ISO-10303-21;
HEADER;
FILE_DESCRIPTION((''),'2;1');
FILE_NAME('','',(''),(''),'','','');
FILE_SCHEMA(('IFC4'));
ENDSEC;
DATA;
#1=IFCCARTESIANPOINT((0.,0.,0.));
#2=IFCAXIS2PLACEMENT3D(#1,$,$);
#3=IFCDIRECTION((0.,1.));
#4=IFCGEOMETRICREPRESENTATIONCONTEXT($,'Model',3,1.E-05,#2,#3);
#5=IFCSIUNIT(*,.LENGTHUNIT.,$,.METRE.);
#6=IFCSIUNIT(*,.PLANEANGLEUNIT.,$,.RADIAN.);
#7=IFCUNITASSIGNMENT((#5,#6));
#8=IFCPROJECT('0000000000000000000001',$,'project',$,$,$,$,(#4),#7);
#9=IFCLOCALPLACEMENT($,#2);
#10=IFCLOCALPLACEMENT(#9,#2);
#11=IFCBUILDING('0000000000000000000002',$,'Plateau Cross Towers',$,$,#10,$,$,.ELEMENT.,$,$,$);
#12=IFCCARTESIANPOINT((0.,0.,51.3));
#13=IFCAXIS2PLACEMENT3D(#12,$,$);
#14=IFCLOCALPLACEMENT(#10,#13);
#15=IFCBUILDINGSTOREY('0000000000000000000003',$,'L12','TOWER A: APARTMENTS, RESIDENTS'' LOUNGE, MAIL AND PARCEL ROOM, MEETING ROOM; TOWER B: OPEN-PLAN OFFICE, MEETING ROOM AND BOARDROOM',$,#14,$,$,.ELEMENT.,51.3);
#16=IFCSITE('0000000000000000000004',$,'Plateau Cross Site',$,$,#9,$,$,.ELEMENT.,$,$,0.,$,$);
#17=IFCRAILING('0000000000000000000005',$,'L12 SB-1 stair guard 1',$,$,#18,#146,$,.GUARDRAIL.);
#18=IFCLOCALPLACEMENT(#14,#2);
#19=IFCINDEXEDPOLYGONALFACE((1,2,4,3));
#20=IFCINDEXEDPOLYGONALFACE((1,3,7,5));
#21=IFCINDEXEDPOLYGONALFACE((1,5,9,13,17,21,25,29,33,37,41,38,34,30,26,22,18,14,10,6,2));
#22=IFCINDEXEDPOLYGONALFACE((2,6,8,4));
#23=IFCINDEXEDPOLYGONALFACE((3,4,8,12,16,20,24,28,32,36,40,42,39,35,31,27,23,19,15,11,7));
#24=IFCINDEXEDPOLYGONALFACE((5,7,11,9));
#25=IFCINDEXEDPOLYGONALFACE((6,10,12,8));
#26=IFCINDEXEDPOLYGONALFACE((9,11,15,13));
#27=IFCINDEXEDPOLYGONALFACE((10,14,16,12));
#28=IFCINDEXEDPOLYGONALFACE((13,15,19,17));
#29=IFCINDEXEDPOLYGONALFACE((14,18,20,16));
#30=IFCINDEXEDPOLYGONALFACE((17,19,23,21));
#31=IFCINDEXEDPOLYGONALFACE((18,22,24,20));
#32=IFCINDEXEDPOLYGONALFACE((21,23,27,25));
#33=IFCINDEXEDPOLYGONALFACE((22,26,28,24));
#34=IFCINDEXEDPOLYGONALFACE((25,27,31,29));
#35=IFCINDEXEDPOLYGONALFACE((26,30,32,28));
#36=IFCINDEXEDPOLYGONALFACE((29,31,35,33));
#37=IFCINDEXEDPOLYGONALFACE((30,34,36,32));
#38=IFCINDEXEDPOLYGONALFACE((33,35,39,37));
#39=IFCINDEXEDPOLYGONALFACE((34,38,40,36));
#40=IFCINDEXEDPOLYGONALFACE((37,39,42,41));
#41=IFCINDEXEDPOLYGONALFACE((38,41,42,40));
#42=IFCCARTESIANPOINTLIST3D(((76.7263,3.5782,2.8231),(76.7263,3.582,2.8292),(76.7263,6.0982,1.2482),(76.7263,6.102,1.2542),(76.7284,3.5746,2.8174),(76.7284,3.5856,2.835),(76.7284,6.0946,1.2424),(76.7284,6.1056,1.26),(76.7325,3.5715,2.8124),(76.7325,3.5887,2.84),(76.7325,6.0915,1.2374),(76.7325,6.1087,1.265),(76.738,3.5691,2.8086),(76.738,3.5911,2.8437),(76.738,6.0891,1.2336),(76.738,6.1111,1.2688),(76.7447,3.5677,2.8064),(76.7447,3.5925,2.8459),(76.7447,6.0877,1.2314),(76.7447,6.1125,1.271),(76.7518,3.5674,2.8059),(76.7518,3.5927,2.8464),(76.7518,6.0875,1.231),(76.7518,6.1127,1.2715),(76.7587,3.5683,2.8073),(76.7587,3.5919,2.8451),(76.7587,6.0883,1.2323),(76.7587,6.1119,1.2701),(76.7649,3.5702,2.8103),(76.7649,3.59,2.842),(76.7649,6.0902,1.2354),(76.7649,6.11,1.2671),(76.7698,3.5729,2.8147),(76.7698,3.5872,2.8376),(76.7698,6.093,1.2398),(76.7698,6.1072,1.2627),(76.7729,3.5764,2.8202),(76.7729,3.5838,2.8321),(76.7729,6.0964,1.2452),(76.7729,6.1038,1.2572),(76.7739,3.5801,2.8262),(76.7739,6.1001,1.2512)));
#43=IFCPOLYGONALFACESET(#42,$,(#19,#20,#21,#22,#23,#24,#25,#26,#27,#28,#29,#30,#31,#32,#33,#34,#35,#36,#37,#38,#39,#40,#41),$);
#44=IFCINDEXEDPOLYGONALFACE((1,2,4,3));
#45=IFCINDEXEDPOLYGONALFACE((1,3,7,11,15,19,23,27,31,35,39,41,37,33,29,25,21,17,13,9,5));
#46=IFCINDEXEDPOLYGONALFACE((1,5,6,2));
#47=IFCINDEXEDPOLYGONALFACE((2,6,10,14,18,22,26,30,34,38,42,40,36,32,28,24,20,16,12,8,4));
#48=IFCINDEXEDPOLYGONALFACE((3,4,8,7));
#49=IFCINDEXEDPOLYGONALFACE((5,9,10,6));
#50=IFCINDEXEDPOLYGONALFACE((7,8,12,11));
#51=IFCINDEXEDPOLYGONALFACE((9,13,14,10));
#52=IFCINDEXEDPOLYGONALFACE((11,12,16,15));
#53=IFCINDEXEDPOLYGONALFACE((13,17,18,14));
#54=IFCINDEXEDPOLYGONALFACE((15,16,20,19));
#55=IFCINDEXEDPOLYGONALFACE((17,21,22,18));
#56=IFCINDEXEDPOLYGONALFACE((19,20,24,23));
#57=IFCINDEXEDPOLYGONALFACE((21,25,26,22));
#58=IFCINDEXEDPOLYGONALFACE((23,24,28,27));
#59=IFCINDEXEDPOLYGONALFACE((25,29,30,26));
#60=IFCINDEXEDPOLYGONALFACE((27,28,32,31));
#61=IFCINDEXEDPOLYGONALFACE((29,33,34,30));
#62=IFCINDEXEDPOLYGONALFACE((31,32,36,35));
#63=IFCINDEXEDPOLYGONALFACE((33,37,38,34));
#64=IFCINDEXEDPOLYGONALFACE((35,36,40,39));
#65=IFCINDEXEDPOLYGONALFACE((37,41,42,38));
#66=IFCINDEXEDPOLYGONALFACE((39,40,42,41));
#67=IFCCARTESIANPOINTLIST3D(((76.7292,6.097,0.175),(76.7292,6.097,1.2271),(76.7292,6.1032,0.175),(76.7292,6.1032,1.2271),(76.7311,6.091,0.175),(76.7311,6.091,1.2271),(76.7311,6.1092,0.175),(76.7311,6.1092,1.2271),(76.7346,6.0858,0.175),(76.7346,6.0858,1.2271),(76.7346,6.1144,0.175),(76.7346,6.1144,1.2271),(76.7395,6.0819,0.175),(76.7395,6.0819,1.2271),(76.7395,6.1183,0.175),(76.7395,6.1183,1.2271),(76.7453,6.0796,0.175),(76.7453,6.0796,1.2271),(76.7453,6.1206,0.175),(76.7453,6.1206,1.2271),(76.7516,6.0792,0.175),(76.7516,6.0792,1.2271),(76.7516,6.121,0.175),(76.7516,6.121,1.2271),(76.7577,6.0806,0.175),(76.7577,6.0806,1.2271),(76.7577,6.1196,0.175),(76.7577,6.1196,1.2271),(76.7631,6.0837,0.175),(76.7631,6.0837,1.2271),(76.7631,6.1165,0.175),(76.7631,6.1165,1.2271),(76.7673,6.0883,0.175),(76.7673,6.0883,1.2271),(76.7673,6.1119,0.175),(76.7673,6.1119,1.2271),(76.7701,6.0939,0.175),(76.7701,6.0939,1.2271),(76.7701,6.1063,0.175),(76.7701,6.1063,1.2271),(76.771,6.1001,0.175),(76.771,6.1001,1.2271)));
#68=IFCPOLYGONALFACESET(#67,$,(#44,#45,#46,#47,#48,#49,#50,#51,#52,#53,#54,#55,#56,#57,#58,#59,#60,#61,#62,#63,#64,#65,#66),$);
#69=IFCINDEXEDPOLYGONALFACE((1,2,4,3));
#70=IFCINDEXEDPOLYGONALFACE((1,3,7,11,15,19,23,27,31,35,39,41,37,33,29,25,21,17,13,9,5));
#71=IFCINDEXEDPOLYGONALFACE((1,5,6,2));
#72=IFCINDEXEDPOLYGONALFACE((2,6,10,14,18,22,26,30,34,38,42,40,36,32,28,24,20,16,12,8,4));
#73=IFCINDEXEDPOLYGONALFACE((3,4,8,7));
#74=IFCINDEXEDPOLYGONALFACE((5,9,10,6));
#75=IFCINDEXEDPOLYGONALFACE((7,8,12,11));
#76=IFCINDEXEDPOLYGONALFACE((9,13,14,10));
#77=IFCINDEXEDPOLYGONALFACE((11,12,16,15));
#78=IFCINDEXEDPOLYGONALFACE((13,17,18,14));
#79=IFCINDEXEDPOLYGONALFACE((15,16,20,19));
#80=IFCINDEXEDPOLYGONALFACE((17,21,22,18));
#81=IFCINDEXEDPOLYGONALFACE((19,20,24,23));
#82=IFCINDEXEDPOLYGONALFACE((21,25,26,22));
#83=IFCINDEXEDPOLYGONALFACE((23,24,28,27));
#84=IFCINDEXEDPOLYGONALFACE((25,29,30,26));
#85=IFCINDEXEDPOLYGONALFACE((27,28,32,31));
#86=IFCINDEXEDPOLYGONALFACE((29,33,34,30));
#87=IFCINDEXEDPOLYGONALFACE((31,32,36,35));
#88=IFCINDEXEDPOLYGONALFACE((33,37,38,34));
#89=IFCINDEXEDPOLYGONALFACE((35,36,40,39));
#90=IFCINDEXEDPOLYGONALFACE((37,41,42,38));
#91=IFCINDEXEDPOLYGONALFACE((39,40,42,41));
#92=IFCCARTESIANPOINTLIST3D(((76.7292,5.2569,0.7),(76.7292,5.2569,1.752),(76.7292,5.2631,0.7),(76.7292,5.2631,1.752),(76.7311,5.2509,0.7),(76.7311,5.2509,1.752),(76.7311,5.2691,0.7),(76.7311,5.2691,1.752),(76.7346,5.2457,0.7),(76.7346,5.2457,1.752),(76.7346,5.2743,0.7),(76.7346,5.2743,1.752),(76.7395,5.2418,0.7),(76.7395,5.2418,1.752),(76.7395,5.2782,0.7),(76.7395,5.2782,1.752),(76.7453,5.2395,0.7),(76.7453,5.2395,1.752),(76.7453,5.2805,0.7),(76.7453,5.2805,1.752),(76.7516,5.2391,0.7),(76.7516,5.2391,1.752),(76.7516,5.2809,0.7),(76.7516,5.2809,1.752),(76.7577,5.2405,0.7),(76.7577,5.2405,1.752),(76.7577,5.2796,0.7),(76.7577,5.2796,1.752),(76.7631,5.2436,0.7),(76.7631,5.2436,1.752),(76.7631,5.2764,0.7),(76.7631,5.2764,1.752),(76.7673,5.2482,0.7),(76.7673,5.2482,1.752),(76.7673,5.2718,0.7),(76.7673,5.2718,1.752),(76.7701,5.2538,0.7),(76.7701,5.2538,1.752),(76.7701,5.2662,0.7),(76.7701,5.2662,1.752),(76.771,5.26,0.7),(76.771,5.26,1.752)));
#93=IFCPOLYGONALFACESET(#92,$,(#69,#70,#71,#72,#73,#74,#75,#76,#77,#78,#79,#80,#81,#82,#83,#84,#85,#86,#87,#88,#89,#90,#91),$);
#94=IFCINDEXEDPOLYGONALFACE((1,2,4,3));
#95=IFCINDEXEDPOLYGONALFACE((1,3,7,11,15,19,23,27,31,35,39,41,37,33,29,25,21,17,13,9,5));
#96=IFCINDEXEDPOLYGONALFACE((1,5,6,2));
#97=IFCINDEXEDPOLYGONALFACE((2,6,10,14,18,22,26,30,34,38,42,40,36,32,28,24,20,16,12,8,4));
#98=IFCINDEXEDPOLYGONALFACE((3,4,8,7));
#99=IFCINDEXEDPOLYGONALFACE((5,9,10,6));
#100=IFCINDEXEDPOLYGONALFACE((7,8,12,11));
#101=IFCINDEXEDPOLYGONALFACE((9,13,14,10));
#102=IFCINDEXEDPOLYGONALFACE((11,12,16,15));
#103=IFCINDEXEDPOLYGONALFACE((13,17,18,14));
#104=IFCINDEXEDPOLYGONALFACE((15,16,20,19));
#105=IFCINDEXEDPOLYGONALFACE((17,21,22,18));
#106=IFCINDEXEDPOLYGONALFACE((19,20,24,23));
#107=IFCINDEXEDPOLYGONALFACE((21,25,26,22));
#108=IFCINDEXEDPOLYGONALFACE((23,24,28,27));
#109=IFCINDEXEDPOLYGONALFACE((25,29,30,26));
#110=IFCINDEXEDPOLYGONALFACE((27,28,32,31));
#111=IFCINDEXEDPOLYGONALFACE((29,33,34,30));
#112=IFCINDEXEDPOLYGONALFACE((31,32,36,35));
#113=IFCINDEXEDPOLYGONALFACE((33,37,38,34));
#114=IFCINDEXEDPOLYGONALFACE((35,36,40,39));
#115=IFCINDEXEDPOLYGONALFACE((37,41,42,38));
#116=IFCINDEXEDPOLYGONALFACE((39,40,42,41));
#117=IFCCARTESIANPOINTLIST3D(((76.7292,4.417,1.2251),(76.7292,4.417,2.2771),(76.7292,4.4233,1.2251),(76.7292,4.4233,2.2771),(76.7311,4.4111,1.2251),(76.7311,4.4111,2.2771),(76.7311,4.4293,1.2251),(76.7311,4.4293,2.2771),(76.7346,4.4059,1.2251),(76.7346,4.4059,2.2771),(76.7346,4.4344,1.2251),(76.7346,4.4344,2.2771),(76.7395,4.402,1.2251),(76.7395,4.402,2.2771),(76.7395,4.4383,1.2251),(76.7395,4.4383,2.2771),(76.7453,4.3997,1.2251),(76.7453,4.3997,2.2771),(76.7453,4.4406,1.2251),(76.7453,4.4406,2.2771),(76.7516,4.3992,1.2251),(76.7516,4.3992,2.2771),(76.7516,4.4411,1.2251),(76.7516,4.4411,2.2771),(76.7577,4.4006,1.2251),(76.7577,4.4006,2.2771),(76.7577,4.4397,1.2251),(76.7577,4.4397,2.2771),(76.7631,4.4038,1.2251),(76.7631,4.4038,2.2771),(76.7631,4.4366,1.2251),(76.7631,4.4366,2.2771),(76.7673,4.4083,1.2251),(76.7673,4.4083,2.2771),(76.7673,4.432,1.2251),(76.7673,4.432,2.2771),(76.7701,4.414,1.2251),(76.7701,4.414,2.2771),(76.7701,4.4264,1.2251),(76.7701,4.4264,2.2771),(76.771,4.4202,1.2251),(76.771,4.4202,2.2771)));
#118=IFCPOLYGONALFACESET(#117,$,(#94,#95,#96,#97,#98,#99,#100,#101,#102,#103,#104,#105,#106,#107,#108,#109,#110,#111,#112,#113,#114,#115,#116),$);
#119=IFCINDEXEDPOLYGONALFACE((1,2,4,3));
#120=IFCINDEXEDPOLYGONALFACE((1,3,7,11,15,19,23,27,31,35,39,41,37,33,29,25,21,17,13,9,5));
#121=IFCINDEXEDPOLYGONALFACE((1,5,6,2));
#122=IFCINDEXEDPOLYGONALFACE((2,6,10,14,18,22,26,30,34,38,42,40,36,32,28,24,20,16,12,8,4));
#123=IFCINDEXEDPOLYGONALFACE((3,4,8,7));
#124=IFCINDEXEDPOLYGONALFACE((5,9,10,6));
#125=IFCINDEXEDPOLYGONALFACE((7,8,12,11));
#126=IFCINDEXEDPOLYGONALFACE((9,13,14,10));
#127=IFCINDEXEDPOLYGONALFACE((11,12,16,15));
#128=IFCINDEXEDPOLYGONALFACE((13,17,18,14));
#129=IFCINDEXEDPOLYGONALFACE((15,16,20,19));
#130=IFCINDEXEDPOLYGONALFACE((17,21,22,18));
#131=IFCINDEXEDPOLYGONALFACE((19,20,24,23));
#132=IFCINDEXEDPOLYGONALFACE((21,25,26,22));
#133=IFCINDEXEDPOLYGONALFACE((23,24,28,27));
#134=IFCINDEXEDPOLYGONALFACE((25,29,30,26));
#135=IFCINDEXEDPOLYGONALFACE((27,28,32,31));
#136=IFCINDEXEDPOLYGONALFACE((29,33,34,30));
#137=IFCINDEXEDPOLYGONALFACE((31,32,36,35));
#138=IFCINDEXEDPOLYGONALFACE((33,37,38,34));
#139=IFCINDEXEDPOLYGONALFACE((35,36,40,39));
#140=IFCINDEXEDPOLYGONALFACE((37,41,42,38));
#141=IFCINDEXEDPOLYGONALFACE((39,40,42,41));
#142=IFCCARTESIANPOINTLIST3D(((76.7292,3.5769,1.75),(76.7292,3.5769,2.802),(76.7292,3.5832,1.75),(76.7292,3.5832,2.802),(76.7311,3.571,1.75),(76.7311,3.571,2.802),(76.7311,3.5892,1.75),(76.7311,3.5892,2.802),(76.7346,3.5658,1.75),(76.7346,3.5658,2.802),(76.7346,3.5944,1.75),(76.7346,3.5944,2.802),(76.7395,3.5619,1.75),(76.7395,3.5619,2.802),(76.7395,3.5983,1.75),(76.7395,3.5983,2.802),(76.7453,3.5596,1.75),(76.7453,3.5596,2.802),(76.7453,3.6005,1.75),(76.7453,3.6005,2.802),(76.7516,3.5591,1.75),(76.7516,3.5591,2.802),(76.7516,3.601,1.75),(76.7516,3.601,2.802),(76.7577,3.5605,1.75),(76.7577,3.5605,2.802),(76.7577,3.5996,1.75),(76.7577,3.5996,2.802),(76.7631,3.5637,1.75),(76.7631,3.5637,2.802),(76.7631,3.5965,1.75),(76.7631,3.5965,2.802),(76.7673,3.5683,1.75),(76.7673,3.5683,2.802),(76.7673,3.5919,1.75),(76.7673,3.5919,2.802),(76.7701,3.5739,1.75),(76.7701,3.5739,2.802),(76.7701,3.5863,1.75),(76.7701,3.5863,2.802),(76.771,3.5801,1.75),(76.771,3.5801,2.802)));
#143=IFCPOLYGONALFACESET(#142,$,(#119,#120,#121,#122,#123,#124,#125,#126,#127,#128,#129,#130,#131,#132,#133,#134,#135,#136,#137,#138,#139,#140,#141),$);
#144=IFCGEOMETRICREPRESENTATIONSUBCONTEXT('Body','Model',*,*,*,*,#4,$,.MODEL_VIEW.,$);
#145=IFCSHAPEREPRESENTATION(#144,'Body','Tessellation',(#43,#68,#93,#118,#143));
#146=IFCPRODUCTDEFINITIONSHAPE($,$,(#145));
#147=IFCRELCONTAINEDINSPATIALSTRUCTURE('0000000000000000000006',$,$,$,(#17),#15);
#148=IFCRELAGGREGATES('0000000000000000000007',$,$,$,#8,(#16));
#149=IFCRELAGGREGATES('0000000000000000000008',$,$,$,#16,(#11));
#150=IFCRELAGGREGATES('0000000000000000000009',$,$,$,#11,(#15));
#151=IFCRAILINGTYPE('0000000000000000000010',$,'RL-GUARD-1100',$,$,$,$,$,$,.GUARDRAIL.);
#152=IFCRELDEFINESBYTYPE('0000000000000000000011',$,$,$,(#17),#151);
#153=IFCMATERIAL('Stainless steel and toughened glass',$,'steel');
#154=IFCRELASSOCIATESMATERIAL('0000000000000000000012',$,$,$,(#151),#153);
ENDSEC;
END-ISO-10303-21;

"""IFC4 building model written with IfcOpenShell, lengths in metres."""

from ifc_helpers import new_model, si_unit, direction, frame, origin, origin_2d, place, context, subcontext, project, spatial, circle, extrude, material, type_object, element, save


model = new_model("IFC4")

# Units and contexts
model_context = context("Model", 3, precision=1e-05, world=origin(), true_north=direction((0.0, 1.0)))
body_context = subcontext(model_context, "Body", "Model", "MODEL_VIEW")
ifc_project = project(units=[si_unit("LENGTHUNIT", "METRE"), si_unit("PLANEANGLEUNIT", "RADIAN")], contexts=[model_context])

# Site, building, storey
site_placement = place(None, origin())
site = spatial("IfcSite", under=ifc_project, at=site_placement, Name="Plateau Cross Site", CompositionType="ELEMENT", RefElevation=0.0)
building_placement = place(site_placement, origin())
building = spatial("IfcBuilding", under=site, at=building_placement, Name="Plateau Cross Towers", CompositionType="ELEMENT")
storey_placement = place(building_placement, frame((0.0, 0.0, 51.3)))
storey = spatial("IfcBuildingStorey", under=building, at=storey_placement, Name="L12", Description="TOWER A: APARTMENTS, RESIDENTS' LOUNGE, MAIL AND PARCEL ROOM, MEETING ROOM; TOWER B: OPEN-PLAN OFFICE, MEETING ROOM AND BOARDROOM", CompositionType="ELEMENT", Elevation=51.3)

# Railing
ifc_material_1 = material(Name="Stainless steel and toughened glass", Category="steel")
railing_type_1 = type_object("IfcRailingType", Name="RL-GUARD-1100", PredefinedType="GUARDRAIL", material=ifc_material_1)
railing_1_placement = place(storey_placement, frame((76.75, 6.1001, 0.175)))
element("IfcRailing", 1, at=railing_1_placement, inside=storey, type_object=railing_type_1, Name="L12 SB-1 stair guard 1", PredefinedType="GUARDRAIL", context=body_context, shape_type="SweptSolid", body=[
    extrude(circle(Radius=0.0239, at=origin_2d()), frame((0.0, 0.0, 1.0762), z_axis=(0.0, -0.848008, 0.529984), x_axis=(1.0, 0.0, 0.0)), (0.0, 0.0, 1.0), 2.9717),
    extrude(circle(Radius=0.021, at=origin_2d()), origin(), (0.0, 0.0, 1.0), 1.052),
    extrude(circle(Radius=0.021, at=origin_2d()), frame((0.0, -0.8401, 0.5249)), (0.0, 0.0, 1.0), 1.052),
    extrude(circle(Radius=0.021, at=origin_2d()), frame((0.0, -1.6799, 1.05)), (0.0, 0.0, 1.0), 1.052),
    extrude(circle(Radius=0.021, at=origin_2d()), frame((0.0, -2.52, 1.575)), (0.0, 0.0, 1.0), 1.052),
])

save(model, "model.ifc")
